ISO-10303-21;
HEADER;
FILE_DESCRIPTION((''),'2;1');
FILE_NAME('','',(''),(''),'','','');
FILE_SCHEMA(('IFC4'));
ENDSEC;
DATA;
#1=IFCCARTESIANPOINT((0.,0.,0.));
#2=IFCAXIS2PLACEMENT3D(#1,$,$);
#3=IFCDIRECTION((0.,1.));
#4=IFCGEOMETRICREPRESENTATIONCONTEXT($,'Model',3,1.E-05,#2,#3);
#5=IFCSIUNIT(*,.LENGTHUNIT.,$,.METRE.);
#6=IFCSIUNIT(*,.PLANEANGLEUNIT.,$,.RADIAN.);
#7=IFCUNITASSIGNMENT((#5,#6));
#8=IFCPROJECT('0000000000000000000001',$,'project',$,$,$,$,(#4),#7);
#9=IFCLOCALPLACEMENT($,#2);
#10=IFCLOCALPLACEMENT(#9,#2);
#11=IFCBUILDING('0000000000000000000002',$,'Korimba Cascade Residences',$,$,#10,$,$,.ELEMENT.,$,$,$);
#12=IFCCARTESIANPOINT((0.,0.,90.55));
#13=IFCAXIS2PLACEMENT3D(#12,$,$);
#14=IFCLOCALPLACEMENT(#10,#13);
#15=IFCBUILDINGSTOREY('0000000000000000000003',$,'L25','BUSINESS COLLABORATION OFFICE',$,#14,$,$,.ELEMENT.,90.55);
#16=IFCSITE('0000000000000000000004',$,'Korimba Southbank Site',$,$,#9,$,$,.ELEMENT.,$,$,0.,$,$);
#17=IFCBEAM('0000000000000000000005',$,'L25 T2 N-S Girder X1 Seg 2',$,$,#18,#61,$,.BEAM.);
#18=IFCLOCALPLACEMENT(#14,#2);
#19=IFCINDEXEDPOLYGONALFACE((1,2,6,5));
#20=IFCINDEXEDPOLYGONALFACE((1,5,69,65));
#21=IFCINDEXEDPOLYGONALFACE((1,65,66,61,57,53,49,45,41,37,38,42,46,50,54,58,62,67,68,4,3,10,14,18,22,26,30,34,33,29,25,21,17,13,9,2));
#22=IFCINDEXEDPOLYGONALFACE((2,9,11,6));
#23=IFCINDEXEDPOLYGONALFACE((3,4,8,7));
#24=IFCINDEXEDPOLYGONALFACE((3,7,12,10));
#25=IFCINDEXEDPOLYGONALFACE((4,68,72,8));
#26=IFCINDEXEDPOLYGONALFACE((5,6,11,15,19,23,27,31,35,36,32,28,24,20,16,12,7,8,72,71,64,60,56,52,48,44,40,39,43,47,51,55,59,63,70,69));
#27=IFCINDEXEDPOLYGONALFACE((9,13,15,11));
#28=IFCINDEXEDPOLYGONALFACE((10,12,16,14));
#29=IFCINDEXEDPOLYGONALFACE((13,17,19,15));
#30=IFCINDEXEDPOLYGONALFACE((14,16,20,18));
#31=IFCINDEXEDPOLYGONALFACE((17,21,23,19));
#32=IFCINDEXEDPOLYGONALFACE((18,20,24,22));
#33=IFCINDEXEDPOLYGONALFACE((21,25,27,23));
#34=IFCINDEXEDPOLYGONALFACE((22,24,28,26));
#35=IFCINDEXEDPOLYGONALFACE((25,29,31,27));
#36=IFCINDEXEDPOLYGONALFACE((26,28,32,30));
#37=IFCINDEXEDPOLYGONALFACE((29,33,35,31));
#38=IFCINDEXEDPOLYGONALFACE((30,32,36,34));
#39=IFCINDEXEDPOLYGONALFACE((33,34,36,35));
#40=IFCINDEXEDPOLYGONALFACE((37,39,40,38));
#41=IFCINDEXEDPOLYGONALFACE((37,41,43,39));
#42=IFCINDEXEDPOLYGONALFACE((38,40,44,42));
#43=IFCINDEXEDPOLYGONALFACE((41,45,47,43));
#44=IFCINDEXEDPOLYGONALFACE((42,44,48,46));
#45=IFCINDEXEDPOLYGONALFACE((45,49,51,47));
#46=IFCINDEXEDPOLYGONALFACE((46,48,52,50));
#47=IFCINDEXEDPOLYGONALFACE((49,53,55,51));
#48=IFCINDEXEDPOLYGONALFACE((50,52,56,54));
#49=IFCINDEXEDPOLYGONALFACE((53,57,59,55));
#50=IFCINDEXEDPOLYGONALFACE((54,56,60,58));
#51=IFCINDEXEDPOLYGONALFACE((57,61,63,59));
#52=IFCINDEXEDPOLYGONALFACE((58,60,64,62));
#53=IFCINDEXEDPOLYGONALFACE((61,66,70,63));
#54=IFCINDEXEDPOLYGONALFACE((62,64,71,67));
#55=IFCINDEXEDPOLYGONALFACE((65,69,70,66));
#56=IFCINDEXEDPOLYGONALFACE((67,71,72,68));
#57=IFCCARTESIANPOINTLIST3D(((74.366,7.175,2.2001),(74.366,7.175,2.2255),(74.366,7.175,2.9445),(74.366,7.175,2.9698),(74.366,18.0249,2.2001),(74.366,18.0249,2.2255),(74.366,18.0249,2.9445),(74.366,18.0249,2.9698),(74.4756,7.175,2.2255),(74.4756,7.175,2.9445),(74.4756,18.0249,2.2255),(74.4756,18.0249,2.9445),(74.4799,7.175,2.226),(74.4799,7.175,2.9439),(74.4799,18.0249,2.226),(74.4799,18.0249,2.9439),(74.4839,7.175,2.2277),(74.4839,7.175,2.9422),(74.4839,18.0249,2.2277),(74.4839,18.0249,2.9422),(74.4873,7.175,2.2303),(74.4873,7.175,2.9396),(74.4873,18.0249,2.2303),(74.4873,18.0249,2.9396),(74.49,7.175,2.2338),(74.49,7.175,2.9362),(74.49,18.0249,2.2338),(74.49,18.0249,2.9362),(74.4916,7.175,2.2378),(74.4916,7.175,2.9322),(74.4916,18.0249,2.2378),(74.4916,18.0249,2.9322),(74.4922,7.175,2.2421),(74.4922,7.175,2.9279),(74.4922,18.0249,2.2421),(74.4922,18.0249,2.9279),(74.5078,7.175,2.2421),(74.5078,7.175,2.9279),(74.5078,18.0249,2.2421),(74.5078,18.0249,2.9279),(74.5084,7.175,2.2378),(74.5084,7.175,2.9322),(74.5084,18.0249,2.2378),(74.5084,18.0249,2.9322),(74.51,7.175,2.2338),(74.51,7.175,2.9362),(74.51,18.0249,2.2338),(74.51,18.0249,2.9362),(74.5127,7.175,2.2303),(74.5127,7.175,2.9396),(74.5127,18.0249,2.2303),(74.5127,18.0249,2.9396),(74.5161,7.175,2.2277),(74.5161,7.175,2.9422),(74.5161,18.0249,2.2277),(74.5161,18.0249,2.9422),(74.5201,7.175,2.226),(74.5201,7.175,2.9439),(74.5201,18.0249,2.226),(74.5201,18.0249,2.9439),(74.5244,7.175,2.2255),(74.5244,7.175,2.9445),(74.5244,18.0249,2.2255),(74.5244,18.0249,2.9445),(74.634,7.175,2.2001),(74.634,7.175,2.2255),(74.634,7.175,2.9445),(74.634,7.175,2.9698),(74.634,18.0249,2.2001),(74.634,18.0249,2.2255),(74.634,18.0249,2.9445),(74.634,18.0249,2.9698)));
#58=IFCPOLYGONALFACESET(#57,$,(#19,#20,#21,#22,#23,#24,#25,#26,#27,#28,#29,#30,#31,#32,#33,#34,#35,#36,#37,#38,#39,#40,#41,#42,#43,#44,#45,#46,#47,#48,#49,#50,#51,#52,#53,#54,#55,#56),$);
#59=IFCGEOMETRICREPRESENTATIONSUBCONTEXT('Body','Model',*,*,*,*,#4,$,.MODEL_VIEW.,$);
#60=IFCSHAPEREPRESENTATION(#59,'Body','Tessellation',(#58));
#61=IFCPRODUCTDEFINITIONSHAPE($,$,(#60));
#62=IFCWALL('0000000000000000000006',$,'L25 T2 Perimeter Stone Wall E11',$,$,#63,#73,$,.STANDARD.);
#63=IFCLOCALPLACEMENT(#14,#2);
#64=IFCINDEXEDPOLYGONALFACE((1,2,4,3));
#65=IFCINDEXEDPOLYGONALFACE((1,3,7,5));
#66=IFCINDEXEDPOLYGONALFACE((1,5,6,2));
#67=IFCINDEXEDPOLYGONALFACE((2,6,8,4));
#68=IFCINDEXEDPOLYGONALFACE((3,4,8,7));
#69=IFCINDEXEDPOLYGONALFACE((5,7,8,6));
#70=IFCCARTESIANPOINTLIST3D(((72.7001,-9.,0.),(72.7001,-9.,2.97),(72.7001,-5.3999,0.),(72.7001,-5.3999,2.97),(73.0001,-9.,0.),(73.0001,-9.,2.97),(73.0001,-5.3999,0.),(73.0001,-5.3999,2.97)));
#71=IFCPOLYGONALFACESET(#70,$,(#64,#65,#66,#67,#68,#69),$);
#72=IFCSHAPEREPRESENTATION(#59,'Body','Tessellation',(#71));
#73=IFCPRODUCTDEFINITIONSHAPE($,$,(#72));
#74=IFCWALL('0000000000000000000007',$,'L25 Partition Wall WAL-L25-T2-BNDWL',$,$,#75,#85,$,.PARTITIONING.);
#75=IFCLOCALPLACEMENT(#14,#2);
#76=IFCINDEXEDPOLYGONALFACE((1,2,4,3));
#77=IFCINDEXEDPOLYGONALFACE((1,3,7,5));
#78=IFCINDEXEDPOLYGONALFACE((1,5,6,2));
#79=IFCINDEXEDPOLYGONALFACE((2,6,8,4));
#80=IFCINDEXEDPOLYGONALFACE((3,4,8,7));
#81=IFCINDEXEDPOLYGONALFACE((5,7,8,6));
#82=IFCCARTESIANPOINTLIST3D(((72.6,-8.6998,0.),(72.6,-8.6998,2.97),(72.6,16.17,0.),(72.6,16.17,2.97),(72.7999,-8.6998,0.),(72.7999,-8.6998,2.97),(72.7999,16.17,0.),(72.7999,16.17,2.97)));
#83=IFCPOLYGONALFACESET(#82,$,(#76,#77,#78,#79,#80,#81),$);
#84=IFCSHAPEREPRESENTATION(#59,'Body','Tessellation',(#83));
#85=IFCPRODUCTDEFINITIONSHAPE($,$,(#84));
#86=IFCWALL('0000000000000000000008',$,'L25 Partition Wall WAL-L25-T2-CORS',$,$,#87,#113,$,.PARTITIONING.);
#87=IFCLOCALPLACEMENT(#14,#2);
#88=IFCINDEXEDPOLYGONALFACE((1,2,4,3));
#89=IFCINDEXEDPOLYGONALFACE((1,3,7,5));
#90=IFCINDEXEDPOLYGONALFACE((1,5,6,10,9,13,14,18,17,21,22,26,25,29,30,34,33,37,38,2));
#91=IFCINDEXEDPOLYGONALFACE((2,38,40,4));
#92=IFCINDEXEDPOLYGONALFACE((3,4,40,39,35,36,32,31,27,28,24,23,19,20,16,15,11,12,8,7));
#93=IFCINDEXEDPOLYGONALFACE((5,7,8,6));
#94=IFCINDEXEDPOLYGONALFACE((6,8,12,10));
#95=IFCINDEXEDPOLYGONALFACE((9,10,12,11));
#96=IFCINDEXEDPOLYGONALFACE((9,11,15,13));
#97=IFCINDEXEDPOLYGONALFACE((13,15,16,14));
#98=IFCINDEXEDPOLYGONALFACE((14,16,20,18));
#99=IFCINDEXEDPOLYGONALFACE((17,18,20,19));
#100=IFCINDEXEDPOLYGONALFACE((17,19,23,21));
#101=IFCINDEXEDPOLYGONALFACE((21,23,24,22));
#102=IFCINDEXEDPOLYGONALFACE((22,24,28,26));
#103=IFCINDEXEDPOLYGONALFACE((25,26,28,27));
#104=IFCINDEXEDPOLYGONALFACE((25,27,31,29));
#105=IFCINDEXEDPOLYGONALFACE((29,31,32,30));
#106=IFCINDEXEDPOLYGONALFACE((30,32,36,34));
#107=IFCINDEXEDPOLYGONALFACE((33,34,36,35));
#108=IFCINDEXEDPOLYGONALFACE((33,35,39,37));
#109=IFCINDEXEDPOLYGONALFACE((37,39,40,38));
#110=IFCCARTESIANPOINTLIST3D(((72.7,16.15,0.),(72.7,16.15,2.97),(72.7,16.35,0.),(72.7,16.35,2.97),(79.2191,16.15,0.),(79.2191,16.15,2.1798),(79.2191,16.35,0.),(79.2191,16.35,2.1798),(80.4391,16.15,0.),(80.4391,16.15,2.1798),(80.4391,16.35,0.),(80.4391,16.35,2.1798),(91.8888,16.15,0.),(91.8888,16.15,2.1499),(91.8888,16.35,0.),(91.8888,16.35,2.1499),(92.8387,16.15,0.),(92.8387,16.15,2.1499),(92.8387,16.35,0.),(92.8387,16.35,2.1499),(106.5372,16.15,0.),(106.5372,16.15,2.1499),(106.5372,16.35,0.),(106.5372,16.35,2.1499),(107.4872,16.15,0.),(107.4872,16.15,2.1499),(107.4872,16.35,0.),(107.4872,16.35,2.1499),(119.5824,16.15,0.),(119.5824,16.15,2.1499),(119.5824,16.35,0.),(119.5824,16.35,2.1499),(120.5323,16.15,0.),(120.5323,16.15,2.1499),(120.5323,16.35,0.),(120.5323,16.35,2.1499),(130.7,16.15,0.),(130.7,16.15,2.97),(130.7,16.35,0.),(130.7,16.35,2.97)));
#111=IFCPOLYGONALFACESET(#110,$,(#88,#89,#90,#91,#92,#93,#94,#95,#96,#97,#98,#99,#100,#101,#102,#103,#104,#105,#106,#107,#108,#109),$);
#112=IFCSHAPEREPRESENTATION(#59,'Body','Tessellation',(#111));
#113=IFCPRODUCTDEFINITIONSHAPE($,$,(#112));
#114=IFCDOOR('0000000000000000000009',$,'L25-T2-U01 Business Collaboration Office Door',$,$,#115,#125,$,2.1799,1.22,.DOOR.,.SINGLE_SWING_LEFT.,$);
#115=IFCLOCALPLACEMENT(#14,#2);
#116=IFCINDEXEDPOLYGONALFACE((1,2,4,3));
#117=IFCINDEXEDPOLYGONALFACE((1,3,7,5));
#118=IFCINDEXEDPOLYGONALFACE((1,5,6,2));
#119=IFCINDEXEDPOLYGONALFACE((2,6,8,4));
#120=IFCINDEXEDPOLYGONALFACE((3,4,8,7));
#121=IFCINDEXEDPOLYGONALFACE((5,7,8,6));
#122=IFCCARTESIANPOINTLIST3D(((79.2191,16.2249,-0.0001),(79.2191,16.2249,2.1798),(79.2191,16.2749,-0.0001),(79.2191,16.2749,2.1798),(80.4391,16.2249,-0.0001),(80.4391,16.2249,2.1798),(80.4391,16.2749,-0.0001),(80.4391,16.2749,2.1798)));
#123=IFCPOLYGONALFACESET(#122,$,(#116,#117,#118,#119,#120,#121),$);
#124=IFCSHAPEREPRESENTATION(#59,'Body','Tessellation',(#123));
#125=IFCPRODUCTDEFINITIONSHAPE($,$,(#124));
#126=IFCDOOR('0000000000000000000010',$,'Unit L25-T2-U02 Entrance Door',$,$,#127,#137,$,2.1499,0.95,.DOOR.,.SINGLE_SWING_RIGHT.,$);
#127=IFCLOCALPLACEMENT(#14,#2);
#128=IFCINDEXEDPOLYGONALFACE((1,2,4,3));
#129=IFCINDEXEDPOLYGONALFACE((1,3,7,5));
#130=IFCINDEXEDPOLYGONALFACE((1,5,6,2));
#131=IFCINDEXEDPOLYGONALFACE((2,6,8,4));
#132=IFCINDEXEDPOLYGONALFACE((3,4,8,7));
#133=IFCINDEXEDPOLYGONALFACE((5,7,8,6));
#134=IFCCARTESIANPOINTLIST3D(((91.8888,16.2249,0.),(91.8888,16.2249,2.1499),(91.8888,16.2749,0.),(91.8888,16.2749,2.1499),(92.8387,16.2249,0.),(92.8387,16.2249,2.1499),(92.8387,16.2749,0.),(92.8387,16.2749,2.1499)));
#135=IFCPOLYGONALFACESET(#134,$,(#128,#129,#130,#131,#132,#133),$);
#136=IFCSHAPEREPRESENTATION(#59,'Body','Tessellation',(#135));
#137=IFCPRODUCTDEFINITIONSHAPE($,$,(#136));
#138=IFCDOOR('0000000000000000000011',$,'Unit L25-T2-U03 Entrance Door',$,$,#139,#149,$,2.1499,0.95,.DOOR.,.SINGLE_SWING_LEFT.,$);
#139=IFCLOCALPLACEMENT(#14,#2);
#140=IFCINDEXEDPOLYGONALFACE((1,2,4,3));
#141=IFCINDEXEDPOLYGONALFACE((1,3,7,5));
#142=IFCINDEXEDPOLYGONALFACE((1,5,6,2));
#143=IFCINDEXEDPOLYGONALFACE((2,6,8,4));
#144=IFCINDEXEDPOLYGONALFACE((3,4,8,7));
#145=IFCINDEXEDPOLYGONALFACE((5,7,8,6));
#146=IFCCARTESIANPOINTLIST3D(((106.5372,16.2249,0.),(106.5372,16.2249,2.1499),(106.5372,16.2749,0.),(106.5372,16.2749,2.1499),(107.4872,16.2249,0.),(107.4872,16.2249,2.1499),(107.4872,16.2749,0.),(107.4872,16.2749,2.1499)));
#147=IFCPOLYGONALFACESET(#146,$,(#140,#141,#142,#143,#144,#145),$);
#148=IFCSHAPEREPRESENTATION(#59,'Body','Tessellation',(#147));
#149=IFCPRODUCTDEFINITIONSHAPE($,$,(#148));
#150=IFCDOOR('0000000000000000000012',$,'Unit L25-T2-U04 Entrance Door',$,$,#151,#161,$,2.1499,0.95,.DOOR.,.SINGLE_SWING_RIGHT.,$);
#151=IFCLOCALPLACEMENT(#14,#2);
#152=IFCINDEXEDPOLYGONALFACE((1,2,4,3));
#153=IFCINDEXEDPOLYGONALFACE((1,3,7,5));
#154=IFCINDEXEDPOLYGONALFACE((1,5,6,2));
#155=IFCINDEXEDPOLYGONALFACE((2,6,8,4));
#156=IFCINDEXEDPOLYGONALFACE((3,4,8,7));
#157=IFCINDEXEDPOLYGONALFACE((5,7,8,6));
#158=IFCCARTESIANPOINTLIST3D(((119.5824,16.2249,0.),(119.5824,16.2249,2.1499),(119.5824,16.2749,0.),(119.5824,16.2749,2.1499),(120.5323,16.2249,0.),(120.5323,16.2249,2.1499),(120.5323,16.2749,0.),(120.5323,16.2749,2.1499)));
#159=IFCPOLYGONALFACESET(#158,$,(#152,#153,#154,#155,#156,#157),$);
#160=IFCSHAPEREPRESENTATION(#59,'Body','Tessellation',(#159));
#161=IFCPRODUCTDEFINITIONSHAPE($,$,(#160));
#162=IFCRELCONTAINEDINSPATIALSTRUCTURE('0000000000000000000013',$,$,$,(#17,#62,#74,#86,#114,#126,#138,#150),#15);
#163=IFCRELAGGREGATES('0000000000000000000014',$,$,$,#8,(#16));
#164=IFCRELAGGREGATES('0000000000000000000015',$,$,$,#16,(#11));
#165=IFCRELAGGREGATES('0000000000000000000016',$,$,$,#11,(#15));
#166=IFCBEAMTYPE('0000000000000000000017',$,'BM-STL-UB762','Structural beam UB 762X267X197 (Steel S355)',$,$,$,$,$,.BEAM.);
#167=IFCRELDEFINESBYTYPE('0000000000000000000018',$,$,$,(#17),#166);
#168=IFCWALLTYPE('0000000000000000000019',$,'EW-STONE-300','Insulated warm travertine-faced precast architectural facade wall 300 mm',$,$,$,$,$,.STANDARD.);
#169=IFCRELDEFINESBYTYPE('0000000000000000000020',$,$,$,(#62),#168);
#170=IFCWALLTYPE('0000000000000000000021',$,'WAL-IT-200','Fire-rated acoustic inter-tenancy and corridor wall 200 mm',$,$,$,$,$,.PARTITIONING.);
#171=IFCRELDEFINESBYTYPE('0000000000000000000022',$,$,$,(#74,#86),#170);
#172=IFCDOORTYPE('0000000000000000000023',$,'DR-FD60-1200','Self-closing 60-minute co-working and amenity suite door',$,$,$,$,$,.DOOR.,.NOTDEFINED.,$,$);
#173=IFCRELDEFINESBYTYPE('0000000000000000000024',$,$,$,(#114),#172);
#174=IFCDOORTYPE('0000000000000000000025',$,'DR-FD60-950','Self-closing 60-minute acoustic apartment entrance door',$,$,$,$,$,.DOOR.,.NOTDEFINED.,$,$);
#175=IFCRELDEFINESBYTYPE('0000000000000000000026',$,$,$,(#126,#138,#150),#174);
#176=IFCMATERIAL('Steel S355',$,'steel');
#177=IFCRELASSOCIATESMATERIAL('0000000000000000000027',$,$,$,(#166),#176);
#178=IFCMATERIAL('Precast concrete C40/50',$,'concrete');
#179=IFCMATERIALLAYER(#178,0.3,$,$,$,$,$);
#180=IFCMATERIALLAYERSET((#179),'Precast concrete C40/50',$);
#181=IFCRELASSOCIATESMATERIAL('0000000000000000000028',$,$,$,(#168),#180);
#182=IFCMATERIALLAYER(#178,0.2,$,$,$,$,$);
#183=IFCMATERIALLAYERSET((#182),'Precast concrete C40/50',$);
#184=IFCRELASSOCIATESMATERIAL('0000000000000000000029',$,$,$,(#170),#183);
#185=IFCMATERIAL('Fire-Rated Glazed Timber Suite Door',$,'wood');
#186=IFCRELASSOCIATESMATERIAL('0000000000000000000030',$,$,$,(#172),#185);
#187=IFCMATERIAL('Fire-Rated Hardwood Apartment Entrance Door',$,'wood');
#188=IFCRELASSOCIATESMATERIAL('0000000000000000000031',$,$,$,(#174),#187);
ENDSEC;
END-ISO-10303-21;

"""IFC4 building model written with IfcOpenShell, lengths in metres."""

from ifc_helpers import new_model, si_unit, direction, frame, frame_2d, origin, origin_2d, place, context, subcontext, project, spatial, rectangle, i_section, extrude, material, layer, layer_set, material_profile, profile_set, type_object, element, fill, save


model = new_model("IFC4")

# Units and contexts
model_context = context("Model", 3, precision=1e-05, world=origin(), true_north=direction((0.0, 1.0)))
body_context = subcontext(model_context, "Body", "Model", "MODEL_VIEW")
ifc_project = project(units=[si_unit("LENGTHUNIT", "METRE"), si_unit("PLANEANGLEUNIT", "RADIAN")], contexts=[model_context])

# Site, building, storey
site_placement = place(None, origin())
site = spatial("IfcSite", under=ifc_project, at=site_placement, Name="Korimba Southbank Site", CompositionType="ELEMENT", RefElevation=0.0)
building_placement = place(site_placement, origin())
building = spatial("IfcBuilding", under=site, at=building_placement, Name="Korimba Cascade Residences", CompositionType="ELEMENT")
storey_placement = place(building_placement, frame((0.0, 0.0, 90.55)))
storey = spatial("IfcBuildingStorey", under=building, at=storey_placement, Name="L25", Description="BUSINESS COLLABORATION OFFICE", CompositionType="ELEMENT", Elevation=90.55)

# Beam
ifc_material_1 = material(Name="Steel S355", Category="steel")
ifc_material_profile_1 = material_profile(ifc_material_1, i_section(OverallWidth=0.2681, OverallDepth=0.7698, WebThickness=0.0156, FlangeThickness=0.0254, FilletRadius=0.0166, at=origin_2d()), Name="Steel S355")
ifc_profile_set_1 = profile_set([ifc_material_profile_1], Name="Steel S355")
beam_type_1 = type_object("IfcBeamType", Name="BM-STL-UB762", Description="Structural beam UB 762X267X197 (Steel S355)", PredefinedType="BEAM", material=ifc_profile_set_1)
beam_1_placement = place(storey_placement, frame((74.5, 7.175, 2.585), z_axis=(0.0, 1.0, 0.0), x_axis=(-1.0, 0.0, 0.0)))
element("IfcBeam", 1, at=beam_1_placement, inside=storey, type_object=beam_type_1, Name="L25 T2 N-S Girder X1 Seg 2", PredefinedType="BEAM", context=body_context, shape_type="SweptSolid", body=[
    extrude(i_section(OverallWidth=0.2681, OverallDepth=0.7698, WebThickness=0.0156, FlangeThickness=0.0254, FilletRadius=0.0166, at=origin_2d()), origin(), (0.0, 0.0, 1.0), 10.8499),
])

# Walls
ifc_material_2 = material(Name="Precast concrete C40/50", Category="concrete")
ifc_layer_1 = layer(ifc_material_2, 0.3)
ifc_layer_set_1 = layer_set([ifc_layer_1], Name="Precast concrete C40/50")
wall_type_1 = type_object("IfcWallType", Name="EW-STONE-300", Description="Insulated warm travertine-faced precast architectural facade wall 300 mm", PredefinedType="STANDARD", material=ifc_layer_set_1)
wall_1_placement = place(storey_placement, frame((72.8501, -5.3999, 0.0), z_axis=(0.0, 0.0, 1.0), x_axis=(0.0, -1.0, 0.0)))
element("IfcWall", 2, at=wall_1_placement, inside=storey, type_object=wall_type_1, Name="L25 T2 Perimeter Stone Wall E11", PredefinedType="STANDARD", context=body_context, shape_type="SweptSolid", body=[
    extrude(rectangle(XDim=3.6001, YDim=0.3, at=frame_2d((1.8, 0.0))), origin(), (0.0, 0.0, 1.0), 2.97),
])
ifc_layer_2 = layer(ifc_material_2, 0.2)
ifc_layer_set_2 = layer_set([ifc_layer_2], Name="Precast concrete C40/50")
wall_type_2 = type_object("IfcWallType", Name="WAL-IT-200", Description="Fire-rated acoustic inter-tenancy and corridor wall 200 mm", PredefinedType="PARTITIONING", material=ifc_layer_set_2)
wall_2_placement = place(storey_placement, frame((72.7, -8.7, 0.0), z_axis=(0.0, 0.0, 1.0), x_axis=(0.0, 1.0, 0.0)))
element("IfcWall", 3, at=wall_2_placement, inside=storey, type_object=wall_type_2, Name="L25 Partition Wall WAL-L25-T2-BNDWL", PredefinedType="PARTITIONING", context=body_context, shape_type="SweptSolid", body=[
    extrude(rectangle(XDim=24.8699, YDim=0.2, at=frame_2d((12.4351, 0.0))), origin(), (0.0, 0.0, 1.0), 2.97),
])

# Wall, openings, doors
wall_3_placement = place(storey_placement, frame((72.7, 16.25, 0.0), z_axis=(0.0, 0.0, 1.0), x_axis=(1.0, 0.0, 0.0)))
wall_3 = element("IfcWall", 4, at=wall_3_placement, inside=storey, type_object=wall_type_2, Name="L25 Partition Wall WAL-L25-T2-CORS", PredefinedType="PARTITIONING", context=body_context, shape_type="SweptSolid", body=[
    extrude(rectangle(XDim=58.0, YDim=0.2, at=frame_2d((29.0, 0.0))), origin(), (0.0, 0.0, 1.0), 2.97),
])
opening_1_placement = place(wall_3_placement, frame((6.5193, 0.0, 0.0)))
opening_1 = element("IfcOpeningElement", 5, at=opening_1_placement, cuts=wall_3, PredefinedType="OPENING", context=body_context, shape_type="SweptSolid", body=[
    extrude(rectangle(XDim=1.22, YDim=2.1799, at=frame_2d((0.6099, 1.0898))), frame((0.0, 0.1099, 0.0), z_axis=(0.0, -1.0, 0.0), x_axis=(1.0, 0.0, 0.0)), (0.0, 0.0, 1.0), 0.22),
])
opening_2_placement = place(wall_3_placement, frame((19.1887, 0.0, 0.0)))
opening_2 = element("IfcOpeningElement", 6, at=opening_2_placement, cuts=wall_3, PredefinedType="OPENING", context=body_context, shape_type="SweptSolid", body=[
    extrude(rectangle(XDim=0.95, YDim=2.1499, at=frame_2d((0.4751, 1.075))), frame((0.0, 0.1099, 0.0), z_axis=(0.0, -1.0, 0.0), x_axis=(1.0, 0.0, 0.0)), (0.0, 0.0, 1.0), 0.22),
])
opening_3_placement = place(wall_3_placement, frame((33.8372, 0.0, 0.0)))
opening_3 = element("IfcOpeningElement", 7, at=opening_3_placement, cuts=wall_3, PredefinedType="OPENING", context=body_context, shape_type="SweptSolid", body=[
    extrude(rectangle(XDim=0.95, YDim=2.1499, at=frame_2d((0.4751, 1.075))), frame((0.0, 0.1099, 0.0), z_axis=(0.0, -1.0, 0.0), x_axis=(1.0, 0.0, 0.0)), (0.0, 0.0, 1.0), 0.22),
])
opening_4_placement = place(wall_3_placement, frame((46.8823, 0.0, 0.0)))
opening_4 = element("IfcOpeningElement", 8, at=opening_4_placement, cuts=wall_3, PredefinedType="OPENING", context=body_context, shape_type="SweptSolid", body=[
    extrude(rectangle(XDim=0.95, YDim=2.1499, at=frame_2d((0.4751, 1.075))), frame((0.0, 0.1099, 0.0), z_axis=(0.0, -1.0, 0.0), x_axis=(1.0, 0.0, 0.0)), (0.0, 0.0, 1.0), 0.22),
])
ifc_material_3 = material(Name="Fire-Rated Glazed Timber Suite Door", Category="wood")
door_type_1 = type_object("IfcDoorType", Name="DR-FD60-1200", Description="Self-closing 60-minute co-working and amenity suite door", OperationType="NOTDEFINED", PredefinedType="DOOR", material=ifc_material_3)
door_1_placement = place(opening_1_placement, origin())
door_1 = element("IfcDoor", 9, at=door_1_placement, inside=storey, type_object=door_type_1, Name="L25-T2-U01 Business Collaboration Office Door", OperationType="SINGLE_SWING_LEFT", OverallHeight=2.1799, OverallWidth=1.22, PredefinedType="DOOR", context=body_context, shape_type="SweptSolid", body=[
    extrude(rectangle(XDim=1.22, YDim=2.1799, at=frame_2d((0.6099, 1.0898))), frame((0.0, 0.0249, 0.0), z_axis=(0.0, -1.0, 0.0), x_axis=(1.0, 0.0, 0.0)), (0.0, 0.0, 1.0), 0.05),
])
fill(opening_1, door_1)
ifc_material_4 = material(Name="Fire-Rated Hardwood Apartment Entrance Door", Category="wood")
door_type_2 = type_object("IfcDoorType", Name="DR-FD60-950", Description="Self-closing 60-minute acoustic apartment entrance door", OperationType="NOTDEFINED", PredefinedType="DOOR", material=ifc_material_4)
door_2_placement = place(opening_2_placement, origin())
door_2 = element("IfcDoor", 10, at=door_2_placement, inside=storey, type_object=door_type_2, Name="Unit L25-T2-U02 Entrance Door", OperationType="SINGLE_SWING_RIGHT", OverallHeight=2.1499, OverallWidth=0.95, PredefinedType="DOOR", context=body_context, shape_type="SweptSolid", body=[
    extrude(rectangle(XDim=0.95, YDim=2.1499, at=frame_2d((0.4751, 1.075))), frame((0.0, 0.0249, 0.0), z_axis=(0.0, -1.0, 0.0), x_axis=(1.0, 0.0, 0.0)), (0.0, 0.0, 1.0), 0.05),
])
fill(opening_2, door_2)
door_3_placement = place(opening_3_placement, origin())
door_3 = element("IfcDoor", 11, at=door_3_placement, inside=storey, type_object=door_type_2, Name="Unit L25-T2-U03 Entrance Door", OperationType="SINGLE_SWING_LEFT", OverallHeight=2.1499, OverallWidth=0.95, PredefinedType="DOOR", context=body_context, shape_type="SweptSolid", body=[
    extrude(rectangle(XDim=0.95, YDim=2.1499, at=frame_2d((0.4751, 1.075))), frame((0.0, 0.0249, 0.0), z_axis=(0.0, -1.0, 0.0), x_axis=(1.0, 0.0, 0.0)), (0.0, 0.0, 1.0), 0.05),
])
fill(opening_3, door_3)
door_4_placement = place(opening_4_placement, origin())
door_4 = element("IfcDoor", 12, at=door_4_placement, inside=storey, type_object=door_type_2, Name="Unit L25-T2-U04 Entrance Door", OperationType="SINGLE_SWING_RIGHT", OverallHeight=2.1499, OverallWidth=0.95, PredefinedType="DOOR", context=body_context, shape_type="SweptSolid", body=[
    extrude(rectangle(XDim=0.95, YDim=2.1499, at=frame_2d((0.4751, 1.075))), frame((0.0, 0.0249, 0.0), z_axis=(0.0, -1.0, 0.0), x_axis=(1.0, 0.0, 0.0)), (0.0, 0.0, 1.0), 0.05),
])
fill(opening_4, door_4)

save(model, "model.ifc")
